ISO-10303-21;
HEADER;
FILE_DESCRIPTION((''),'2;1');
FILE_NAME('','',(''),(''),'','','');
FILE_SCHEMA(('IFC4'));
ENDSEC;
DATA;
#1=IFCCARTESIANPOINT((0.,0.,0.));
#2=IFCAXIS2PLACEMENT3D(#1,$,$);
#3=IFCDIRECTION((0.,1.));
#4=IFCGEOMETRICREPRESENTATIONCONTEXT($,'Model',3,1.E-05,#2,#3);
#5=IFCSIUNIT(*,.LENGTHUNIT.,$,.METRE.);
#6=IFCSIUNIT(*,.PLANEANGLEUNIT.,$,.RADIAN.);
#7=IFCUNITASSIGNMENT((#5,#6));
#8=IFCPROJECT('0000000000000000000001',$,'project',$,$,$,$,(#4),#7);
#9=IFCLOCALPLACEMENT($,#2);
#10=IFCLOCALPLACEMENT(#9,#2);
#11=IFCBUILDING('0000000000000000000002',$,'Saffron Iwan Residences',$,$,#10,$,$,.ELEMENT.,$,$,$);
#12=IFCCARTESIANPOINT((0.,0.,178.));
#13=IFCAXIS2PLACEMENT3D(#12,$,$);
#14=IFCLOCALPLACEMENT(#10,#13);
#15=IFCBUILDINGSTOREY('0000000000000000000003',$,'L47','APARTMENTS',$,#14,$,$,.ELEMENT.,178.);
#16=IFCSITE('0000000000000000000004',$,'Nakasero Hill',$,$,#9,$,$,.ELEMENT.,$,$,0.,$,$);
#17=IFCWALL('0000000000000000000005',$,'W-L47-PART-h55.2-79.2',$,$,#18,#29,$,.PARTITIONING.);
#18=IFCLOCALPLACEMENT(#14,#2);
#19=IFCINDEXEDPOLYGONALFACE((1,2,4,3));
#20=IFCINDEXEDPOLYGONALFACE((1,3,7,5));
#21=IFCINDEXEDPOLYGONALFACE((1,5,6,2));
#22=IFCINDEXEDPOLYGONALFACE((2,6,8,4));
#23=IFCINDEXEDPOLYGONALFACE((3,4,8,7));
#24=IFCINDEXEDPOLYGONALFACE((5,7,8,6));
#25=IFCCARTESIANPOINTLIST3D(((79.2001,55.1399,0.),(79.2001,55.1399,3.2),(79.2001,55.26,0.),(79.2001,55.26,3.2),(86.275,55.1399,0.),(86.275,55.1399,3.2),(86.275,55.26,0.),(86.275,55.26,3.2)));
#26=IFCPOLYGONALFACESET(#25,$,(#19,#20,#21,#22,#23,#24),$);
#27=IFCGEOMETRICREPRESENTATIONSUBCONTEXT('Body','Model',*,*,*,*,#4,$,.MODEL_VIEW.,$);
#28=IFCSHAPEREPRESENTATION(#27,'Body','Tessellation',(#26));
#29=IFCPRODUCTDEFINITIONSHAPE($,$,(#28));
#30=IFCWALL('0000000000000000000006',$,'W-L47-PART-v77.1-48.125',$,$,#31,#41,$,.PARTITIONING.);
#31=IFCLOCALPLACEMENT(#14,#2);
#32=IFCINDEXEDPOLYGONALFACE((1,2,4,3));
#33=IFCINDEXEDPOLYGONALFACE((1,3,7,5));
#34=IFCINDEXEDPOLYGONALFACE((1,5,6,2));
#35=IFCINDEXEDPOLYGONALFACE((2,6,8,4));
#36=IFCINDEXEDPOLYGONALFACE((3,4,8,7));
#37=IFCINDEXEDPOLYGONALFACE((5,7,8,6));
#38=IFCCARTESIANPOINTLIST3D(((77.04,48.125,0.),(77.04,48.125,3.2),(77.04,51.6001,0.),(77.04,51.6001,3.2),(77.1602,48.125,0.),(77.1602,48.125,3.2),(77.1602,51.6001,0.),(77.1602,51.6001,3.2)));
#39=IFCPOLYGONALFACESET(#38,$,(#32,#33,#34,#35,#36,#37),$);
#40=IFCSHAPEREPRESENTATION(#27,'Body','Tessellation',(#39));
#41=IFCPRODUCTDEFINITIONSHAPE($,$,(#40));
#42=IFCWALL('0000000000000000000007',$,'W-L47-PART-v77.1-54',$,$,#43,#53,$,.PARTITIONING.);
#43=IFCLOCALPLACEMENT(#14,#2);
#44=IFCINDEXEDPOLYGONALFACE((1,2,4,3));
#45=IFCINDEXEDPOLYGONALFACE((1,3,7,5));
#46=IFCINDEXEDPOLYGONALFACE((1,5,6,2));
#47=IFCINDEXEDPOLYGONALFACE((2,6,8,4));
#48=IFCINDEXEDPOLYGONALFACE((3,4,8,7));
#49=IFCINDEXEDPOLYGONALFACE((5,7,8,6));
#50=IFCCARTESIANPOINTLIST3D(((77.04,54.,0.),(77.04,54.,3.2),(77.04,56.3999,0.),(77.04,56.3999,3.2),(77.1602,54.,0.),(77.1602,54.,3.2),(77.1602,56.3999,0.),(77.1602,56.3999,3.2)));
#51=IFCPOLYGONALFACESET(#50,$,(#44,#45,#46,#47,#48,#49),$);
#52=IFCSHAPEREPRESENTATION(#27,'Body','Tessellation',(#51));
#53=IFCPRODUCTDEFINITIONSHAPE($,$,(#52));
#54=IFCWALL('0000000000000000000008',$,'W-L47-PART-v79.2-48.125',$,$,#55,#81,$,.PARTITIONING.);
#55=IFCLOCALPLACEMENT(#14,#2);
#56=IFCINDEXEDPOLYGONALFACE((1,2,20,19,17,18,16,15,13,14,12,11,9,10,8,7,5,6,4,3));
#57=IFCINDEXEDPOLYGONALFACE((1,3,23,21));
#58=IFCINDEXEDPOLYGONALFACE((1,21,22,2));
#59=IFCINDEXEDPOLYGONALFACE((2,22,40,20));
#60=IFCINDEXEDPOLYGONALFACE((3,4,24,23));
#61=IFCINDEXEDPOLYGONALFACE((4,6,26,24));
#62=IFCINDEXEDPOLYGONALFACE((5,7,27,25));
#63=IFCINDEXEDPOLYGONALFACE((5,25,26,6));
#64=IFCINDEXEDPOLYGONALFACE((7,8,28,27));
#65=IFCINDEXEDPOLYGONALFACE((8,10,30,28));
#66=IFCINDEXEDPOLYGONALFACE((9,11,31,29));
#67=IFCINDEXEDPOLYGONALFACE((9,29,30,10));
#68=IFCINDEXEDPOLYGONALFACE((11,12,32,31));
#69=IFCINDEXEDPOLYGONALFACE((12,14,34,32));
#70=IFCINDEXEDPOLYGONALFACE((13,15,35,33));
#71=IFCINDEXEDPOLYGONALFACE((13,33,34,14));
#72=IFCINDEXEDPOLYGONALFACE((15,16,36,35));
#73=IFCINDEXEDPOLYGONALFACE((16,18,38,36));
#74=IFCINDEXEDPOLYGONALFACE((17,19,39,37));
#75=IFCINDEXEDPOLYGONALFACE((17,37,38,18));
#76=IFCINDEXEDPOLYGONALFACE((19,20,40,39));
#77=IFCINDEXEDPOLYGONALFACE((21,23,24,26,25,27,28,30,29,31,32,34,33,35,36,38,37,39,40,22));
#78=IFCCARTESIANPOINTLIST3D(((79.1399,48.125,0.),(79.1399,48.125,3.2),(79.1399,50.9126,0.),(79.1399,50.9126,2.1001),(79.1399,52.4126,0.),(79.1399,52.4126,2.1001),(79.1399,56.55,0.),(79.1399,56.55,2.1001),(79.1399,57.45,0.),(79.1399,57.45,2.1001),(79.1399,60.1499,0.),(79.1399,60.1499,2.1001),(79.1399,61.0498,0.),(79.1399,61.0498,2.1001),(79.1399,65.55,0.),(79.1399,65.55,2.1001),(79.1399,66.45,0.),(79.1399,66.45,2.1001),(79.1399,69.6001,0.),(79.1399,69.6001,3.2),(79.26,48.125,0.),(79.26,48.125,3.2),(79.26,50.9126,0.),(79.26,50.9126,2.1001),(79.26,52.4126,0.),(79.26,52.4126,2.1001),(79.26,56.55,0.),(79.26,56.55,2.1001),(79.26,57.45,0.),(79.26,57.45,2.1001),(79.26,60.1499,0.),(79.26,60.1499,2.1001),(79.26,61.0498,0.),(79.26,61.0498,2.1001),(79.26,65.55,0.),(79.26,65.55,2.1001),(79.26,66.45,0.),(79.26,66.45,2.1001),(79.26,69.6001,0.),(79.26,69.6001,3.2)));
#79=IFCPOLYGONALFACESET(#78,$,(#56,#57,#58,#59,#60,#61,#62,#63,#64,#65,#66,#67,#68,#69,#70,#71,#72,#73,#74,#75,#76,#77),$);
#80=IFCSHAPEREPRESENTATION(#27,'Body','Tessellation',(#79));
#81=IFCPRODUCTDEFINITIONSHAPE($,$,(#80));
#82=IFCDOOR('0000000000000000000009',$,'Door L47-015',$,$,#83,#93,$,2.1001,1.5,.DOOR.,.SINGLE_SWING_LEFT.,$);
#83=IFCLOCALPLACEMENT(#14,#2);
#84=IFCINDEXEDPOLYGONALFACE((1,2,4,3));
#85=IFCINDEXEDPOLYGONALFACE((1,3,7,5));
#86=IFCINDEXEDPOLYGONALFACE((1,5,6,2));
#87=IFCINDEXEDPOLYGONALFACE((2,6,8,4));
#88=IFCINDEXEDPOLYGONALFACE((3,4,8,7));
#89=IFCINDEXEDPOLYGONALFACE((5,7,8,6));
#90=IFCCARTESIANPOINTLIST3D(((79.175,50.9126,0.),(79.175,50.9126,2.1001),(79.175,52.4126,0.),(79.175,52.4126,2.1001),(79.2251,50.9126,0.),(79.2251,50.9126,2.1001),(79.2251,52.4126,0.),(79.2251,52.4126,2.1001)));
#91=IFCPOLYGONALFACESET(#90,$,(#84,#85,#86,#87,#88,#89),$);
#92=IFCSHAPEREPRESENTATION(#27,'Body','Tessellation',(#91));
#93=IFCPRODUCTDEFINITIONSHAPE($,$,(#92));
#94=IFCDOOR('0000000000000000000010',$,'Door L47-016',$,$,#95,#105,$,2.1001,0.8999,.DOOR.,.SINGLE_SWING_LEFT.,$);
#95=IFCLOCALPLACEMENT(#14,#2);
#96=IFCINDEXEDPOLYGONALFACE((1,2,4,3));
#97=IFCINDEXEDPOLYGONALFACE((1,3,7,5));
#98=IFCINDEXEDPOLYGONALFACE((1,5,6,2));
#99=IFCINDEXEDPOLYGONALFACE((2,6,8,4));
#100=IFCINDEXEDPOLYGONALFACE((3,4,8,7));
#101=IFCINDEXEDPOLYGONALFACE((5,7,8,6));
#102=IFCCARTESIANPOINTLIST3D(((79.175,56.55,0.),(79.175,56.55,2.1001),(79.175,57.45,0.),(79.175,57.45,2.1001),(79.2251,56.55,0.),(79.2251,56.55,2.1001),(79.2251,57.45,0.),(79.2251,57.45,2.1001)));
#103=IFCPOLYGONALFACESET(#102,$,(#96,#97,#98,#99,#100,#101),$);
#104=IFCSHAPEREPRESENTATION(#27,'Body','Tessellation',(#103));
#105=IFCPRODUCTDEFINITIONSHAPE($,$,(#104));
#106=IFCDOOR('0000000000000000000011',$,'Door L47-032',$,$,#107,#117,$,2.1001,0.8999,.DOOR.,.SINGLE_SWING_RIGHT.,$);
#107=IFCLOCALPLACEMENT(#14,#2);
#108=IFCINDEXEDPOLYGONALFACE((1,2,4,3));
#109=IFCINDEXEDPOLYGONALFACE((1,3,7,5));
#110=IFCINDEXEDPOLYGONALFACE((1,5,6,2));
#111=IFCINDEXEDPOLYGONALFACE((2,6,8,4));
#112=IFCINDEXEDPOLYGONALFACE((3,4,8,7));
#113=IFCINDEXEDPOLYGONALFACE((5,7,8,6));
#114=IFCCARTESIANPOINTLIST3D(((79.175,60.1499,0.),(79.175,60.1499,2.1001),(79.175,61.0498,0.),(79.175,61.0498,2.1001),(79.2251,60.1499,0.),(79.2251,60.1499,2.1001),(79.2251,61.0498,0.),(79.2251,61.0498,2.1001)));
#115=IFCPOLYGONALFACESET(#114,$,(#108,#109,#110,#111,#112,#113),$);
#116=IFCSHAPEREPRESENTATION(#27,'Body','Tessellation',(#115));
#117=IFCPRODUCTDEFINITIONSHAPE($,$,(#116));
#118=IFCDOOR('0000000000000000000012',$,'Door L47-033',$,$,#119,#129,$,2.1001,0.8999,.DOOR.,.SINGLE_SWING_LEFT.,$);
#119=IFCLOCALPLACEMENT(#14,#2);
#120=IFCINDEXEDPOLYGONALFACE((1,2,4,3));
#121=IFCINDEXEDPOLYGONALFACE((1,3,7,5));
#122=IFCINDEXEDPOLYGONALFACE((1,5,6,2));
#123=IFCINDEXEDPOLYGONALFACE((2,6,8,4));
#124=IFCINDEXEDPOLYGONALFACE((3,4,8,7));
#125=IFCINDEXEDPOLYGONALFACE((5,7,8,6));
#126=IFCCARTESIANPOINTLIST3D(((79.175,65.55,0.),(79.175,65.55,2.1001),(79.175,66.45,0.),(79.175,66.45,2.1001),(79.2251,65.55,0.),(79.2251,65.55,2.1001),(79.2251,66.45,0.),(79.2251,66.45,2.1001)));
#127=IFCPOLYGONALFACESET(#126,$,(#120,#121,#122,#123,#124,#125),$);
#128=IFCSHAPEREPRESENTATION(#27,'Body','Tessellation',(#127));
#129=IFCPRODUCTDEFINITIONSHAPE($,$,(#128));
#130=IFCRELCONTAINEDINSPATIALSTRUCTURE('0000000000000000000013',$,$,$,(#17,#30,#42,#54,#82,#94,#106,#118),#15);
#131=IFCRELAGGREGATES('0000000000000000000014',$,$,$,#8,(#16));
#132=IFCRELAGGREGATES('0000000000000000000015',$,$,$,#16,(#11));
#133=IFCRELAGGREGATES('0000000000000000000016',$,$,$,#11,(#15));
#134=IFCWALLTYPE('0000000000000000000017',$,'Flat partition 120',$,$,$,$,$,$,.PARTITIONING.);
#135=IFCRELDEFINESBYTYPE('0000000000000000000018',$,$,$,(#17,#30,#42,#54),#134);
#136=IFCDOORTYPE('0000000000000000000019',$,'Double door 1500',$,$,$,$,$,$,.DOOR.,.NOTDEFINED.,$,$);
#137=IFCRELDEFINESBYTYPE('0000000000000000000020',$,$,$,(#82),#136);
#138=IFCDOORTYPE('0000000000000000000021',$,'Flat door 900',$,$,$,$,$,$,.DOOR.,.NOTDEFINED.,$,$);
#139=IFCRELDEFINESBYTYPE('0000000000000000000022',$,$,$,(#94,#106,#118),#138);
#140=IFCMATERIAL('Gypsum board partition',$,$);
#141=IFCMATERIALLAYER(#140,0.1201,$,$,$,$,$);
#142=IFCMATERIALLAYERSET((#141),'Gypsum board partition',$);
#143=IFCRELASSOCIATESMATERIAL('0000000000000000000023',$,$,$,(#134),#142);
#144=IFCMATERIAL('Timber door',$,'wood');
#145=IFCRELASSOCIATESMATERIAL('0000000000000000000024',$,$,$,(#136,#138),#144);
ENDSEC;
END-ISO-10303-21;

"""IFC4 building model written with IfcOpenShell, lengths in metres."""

from ifc_helpers import new_model, si_unit, direction, frame, frame_2d, origin, place, context, subcontext, project, spatial, rectangle, extrude, material, layer, layer_set, type_object, element, fill, save


model = new_model("IFC4")

# Units and contexts
model_context = context("Model", 3, precision=1e-05, world=origin(), true_north=direction((0.0, 1.0)))
body_context = subcontext(model_context, "Body", "Model", "MODEL_VIEW")
ifc_project = project(units=[si_unit("LENGTHUNIT", "METRE"), si_unit("PLANEANGLEUNIT", "RADIAN")], contexts=[model_context])

# Site, building, storey
site_placement = place(None, origin())
site = spatial("IfcSite", under=ifc_project, at=site_placement, Name="Nakasero Hill", CompositionType="ELEMENT", RefElevation=0.0)
building_placement = place(site_placement, origin())
building = spatial("IfcBuilding", under=site, at=building_placement, Name="Saffron Iwan Residences", CompositionType="ELEMENT")
storey_placement = place(building_placement, frame((0.0, 0.0, 178.0)))
storey = spatial("IfcBuildingStorey", under=building, at=storey_placement, Name="L47", Description="APARTMENTS", CompositionType="ELEMENT", Elevation=178.0)

# Walls
ifc_material_1 = material(Name="Gypsum board partition")
ifc_layer_1 = layer(ifc_material_1, 0.1201)
ifc_layer_set_1 = layer_set([ifc_layer_1], Name="Gypsum board partition")
wall_type_1 = type_object("IfcWallType", Name="Flat partition 120", PredefinedType="PARTITIONING", material=ifc_layer_set_1)
wall_1_placement = place(storey_placement, frame((79.2, 55.2, 0.0), z_axis=(0.0, 0.0, 1.0), x_axis=(1.0, 0.0, 0.0)))
element("IfcWall", 1, at=wall_1_placement, inside=storey, type_object=wall_type_1, Name="W-L47-PART-h55.2-79.2", PredefinedType="PARTITIONING", context=body_context, shape_type="SweptSolid", body=[
    extrude(rectangle(XDim=7.075, YDim=0.1201, at=frame_2d((3.5376, 0.0))), origin(), (0.0, 0.0, 1.0), 3.2),
])
wall_2_placement = place(storey_placement, frame((77.1001, 48.125, 0.0), z_axis=(0.0, 0.0, 1.0), x_axis=(0.0, 1.0, 0.0)))
element("IfcWall", 2, at=wall_2_placement, inside=storey, type_object=wall_type_1, Name="W-L47-PART-v77.1-48.125", PredefinedType="PARTITIONING", context=body_context, shape_type="SweptSolid", body=[
    extrude(rectangle(XDim=3.4751, YDim=0.1201, at=frame_2d((1.7375, 0.0))), origin(), (0.0, 0.0, 1.0), 3.2),
])
wall_3_placement = place(storey_placement, frame((77.1001, 54.0, 0.0), z_axis=(0.0, 0.0, 1.0), x_axis=(0.0, 1.0, 0.0)))
element("IfcWall", 3, at=wall_3_placement, inside=storey, type_object=wall_type_1, Name="W-L47-PART-v77.1-54", PredefinedType="PARTITIONING", context=body_context, shape_type="SweptSolid", body=[
    extrude(rectangle(XDim=2.3999, YDim=0.1201, at=frame_2d((1.2, 0.0))), origin(), (0.0, 0.0, 1.0), 3.2),
])

# Wall, openings, doors
wall_4_placement = place(storey_placement, frame((79.2, 48.125, 0.0), z_axis=(0.0, 0.0, 1.0), x_axis=(0.0, 1.0, 0.0)))
wall_4 = element("IfcWall", 4, at=wall_4_placement, inside=storey, type_object=wall_type_1, Name="W-L47-PART-v79.2-48.125", PredefinedType="PARTITIONING", context=body_context, shape_type="SweptSolid", body=[
    extrude(rectangle(XDim=21.4751, YDim=0.1201, at=frame_2d((10.7375, 0.0))), origin(), (0.0, 0.0, 1.0), 3.2),
])
opening_1_placement = place(wall_4_placement, frame((2.7876, 0.0, 0.0)))
opening_1 = element("IfcOpeningElement", 5, at=opening_1_placement, cuts=wall_4, PredefinedType="OPENING", context=body_context, shape_type="SweptSolid", body=[
    extrude(rectangle(XDim=1.5, YDim=2.1001, at=frame_2d((0.75, 1.05))), frame((0.0, 0.0701, 0.0), z_axis=(0.0, -1.0, 0.0), x_axis=(1.0, 0.0, 0.0)), (0.0, 0.0, 1.0), 0.1401),
])
opening_2_placement = place(wall_4_placement, frame((8.425, 0.0, 0.0)))
opening_2 = element("IfcOpeningElement", 6, at=opening_2_placement, cuts=wall_4, PredefinedType="OPENING", context=body_context, shape_type="SweptSolid", body=[
    extrude(rectangle(XDim=0.8999, YDim=2.1001, at=frame_2d((0.45, 1.05))), frame((0.0, 0.0701, 0.0), z_axis=(0.0, -1.0, 0.0), x_axis=(1.0, 0.0, 0.0)), (0.0, 0.0, 1.0), 0.1401),
])
opening_3_placement = place(wall_4_placement, frame((12.0249, 0.0, 0.0)))
opening_3 = element("IfcOpeningElement", 7, at=opening_3_placement, cuts=wall_4, PredefinedType="OPENING", context=body_context, shape_type="SweptSolid", body=[
    extrude(rectangle(XDim=0.8999, YDim=2.1001, at=frame_2d((0.45, 1.05))), frame((0.0, 0.0701, 0.0), z_axis=(0.0, -1.0, 0.0), x_axis=(1.0, 0.0, 0.0)), (0.0, 0.0, 1.0), 0.1401),
])
opening_4_placement = place(wall_4_placement, frame((17.425, 0.0, 0.0)))
opening_4 = element("IfcOpeningElement", 8, at=opening_4_placement, cuts=wall_4, PredefinedType="OPENING", context=body_context, shape_type="SweptSolid", body=[
    extrude(rectangle(XDim=0.8999, YDim=2.1001, at=frame_2d((0.45, 1.05))), frame((0.0, 0.0701, 0.0), z_axis=(0.0, -1.0, 0.0), x_axis=(1.0, 0.0, 0.0)), (0.0, 0.0, 1.0), 0.1401),
])
ifc_material_2 = material(Name="Timber door", Category="wood")
door_type_1 = type_object("IfcDoorType", Name="Double door 1500", OperationType="NOTDEFINED", PredefinedType="DOOR", material=ifc_material_2)
door_1_placement = place(opening_1_placement, origin())
door_1 = element("IfcDoor", 9, at=door_1_placement, inside=storey, type_object=door_type_1, Name="Door L47-015", OperationType="SINGLE_SWING_LEFT", OverallHeight=2.1001, OverallWidth=1.5, PredefinedType="DOOR", context=body_context, shape_type="SweptSolid", body=[
    extrude(rectangle(XDim=1.5, YDim=2.1001, at=frame_2d((0.75, 1.05))), frame((0.0, 0.0249, 0.0), z_axis=(0.0, -1.0, 0.0), x_axis=(1.0, 0.0, 0.0)), (0.0, 0.0, 1.0), 0.05),
])
fill(opening_1, door_1)
door_type_2 = type_object("IfcDoorType", Name="Flat door 900", OperationType="NOTDEFINED", PredefinedType="DOOR", material=ifc_material_2)
door_2_placement = place(opening_2_placement, origin())
door_2 = element("IfcDoor", 10, at=door_2_placement, inside=storey, type_object=door_type_2, Name="Door L47-016", OperationType="SINGLE_SWING_LEFT", OverallHeight=2.1001, OverallWidth=0.8999, PredefinedType="DOOR", context=body_context, shape_type="SweptSolid", body=[
    extrude(rectangle(XDim=0.8999, YDim=2.1001, at=frame_2d((0.45, 1.05))), frame((0.0, 0.0249, 0.0), z_axis=(0.0, -1.0, 0.0), x_axis=(1.0, 0.0, 0.0)), (0.0, 0.0, 1.0), 0.05),
])
fill(opening_2, door_2)
door_3_placement = place(opening_3_placement, origin())
door_3 = element("IfcDoor", 11, at=door_3_placement, inside=storey, type_object=door_type_2, Name="Door L47-032", OperationType="SINGLE_SWING_RIGHT", OverallHeight=2.1001, OverallWidth=0.8999, PredefinedType="DOOR", context=body_context, shape_type="SweptSolid", body=[
    extrude(rectangle(XDim=0.8999, YDim=2.1001, at=frame_2d((0.45, 1.05))), frame((0.0, 0.0249, 0.0), z_axis=(0.0, -1.0, 0.0), x_axis=(1.0, 0.0, 0.0)), (0.0, 0.0, 1.0), 0.05),
])
fill(opening_3, door_3)
door_4_placement = place(opening_4_placement, origin())
door_4 = element("IfcDoor", 12, at=door_4_placement, inside=storey, type_object=door_type_2, Name="Door L47-033", OperationType="SINGLE_SWING_LEFT", OverallHeight=2.1001, OverallWidth=0.8999, PredefinedType="DOOR", context=body_context, shape_type="SweptSolid", body=[
    extrude(rectangle(XDim=0.8999, YDim=2.1001, at=frame_2d((0.45, 1.05))), frame((0.0, 0.0249, 0.0), z_axis=(0.0, -1.0, 0.0), x_axis=(1.0, 0.0, 0.0)), (0.0, 0.0, 1.0), 0.05),
])
fill(opening_4, door_4)

save(model, "model.ifc")
